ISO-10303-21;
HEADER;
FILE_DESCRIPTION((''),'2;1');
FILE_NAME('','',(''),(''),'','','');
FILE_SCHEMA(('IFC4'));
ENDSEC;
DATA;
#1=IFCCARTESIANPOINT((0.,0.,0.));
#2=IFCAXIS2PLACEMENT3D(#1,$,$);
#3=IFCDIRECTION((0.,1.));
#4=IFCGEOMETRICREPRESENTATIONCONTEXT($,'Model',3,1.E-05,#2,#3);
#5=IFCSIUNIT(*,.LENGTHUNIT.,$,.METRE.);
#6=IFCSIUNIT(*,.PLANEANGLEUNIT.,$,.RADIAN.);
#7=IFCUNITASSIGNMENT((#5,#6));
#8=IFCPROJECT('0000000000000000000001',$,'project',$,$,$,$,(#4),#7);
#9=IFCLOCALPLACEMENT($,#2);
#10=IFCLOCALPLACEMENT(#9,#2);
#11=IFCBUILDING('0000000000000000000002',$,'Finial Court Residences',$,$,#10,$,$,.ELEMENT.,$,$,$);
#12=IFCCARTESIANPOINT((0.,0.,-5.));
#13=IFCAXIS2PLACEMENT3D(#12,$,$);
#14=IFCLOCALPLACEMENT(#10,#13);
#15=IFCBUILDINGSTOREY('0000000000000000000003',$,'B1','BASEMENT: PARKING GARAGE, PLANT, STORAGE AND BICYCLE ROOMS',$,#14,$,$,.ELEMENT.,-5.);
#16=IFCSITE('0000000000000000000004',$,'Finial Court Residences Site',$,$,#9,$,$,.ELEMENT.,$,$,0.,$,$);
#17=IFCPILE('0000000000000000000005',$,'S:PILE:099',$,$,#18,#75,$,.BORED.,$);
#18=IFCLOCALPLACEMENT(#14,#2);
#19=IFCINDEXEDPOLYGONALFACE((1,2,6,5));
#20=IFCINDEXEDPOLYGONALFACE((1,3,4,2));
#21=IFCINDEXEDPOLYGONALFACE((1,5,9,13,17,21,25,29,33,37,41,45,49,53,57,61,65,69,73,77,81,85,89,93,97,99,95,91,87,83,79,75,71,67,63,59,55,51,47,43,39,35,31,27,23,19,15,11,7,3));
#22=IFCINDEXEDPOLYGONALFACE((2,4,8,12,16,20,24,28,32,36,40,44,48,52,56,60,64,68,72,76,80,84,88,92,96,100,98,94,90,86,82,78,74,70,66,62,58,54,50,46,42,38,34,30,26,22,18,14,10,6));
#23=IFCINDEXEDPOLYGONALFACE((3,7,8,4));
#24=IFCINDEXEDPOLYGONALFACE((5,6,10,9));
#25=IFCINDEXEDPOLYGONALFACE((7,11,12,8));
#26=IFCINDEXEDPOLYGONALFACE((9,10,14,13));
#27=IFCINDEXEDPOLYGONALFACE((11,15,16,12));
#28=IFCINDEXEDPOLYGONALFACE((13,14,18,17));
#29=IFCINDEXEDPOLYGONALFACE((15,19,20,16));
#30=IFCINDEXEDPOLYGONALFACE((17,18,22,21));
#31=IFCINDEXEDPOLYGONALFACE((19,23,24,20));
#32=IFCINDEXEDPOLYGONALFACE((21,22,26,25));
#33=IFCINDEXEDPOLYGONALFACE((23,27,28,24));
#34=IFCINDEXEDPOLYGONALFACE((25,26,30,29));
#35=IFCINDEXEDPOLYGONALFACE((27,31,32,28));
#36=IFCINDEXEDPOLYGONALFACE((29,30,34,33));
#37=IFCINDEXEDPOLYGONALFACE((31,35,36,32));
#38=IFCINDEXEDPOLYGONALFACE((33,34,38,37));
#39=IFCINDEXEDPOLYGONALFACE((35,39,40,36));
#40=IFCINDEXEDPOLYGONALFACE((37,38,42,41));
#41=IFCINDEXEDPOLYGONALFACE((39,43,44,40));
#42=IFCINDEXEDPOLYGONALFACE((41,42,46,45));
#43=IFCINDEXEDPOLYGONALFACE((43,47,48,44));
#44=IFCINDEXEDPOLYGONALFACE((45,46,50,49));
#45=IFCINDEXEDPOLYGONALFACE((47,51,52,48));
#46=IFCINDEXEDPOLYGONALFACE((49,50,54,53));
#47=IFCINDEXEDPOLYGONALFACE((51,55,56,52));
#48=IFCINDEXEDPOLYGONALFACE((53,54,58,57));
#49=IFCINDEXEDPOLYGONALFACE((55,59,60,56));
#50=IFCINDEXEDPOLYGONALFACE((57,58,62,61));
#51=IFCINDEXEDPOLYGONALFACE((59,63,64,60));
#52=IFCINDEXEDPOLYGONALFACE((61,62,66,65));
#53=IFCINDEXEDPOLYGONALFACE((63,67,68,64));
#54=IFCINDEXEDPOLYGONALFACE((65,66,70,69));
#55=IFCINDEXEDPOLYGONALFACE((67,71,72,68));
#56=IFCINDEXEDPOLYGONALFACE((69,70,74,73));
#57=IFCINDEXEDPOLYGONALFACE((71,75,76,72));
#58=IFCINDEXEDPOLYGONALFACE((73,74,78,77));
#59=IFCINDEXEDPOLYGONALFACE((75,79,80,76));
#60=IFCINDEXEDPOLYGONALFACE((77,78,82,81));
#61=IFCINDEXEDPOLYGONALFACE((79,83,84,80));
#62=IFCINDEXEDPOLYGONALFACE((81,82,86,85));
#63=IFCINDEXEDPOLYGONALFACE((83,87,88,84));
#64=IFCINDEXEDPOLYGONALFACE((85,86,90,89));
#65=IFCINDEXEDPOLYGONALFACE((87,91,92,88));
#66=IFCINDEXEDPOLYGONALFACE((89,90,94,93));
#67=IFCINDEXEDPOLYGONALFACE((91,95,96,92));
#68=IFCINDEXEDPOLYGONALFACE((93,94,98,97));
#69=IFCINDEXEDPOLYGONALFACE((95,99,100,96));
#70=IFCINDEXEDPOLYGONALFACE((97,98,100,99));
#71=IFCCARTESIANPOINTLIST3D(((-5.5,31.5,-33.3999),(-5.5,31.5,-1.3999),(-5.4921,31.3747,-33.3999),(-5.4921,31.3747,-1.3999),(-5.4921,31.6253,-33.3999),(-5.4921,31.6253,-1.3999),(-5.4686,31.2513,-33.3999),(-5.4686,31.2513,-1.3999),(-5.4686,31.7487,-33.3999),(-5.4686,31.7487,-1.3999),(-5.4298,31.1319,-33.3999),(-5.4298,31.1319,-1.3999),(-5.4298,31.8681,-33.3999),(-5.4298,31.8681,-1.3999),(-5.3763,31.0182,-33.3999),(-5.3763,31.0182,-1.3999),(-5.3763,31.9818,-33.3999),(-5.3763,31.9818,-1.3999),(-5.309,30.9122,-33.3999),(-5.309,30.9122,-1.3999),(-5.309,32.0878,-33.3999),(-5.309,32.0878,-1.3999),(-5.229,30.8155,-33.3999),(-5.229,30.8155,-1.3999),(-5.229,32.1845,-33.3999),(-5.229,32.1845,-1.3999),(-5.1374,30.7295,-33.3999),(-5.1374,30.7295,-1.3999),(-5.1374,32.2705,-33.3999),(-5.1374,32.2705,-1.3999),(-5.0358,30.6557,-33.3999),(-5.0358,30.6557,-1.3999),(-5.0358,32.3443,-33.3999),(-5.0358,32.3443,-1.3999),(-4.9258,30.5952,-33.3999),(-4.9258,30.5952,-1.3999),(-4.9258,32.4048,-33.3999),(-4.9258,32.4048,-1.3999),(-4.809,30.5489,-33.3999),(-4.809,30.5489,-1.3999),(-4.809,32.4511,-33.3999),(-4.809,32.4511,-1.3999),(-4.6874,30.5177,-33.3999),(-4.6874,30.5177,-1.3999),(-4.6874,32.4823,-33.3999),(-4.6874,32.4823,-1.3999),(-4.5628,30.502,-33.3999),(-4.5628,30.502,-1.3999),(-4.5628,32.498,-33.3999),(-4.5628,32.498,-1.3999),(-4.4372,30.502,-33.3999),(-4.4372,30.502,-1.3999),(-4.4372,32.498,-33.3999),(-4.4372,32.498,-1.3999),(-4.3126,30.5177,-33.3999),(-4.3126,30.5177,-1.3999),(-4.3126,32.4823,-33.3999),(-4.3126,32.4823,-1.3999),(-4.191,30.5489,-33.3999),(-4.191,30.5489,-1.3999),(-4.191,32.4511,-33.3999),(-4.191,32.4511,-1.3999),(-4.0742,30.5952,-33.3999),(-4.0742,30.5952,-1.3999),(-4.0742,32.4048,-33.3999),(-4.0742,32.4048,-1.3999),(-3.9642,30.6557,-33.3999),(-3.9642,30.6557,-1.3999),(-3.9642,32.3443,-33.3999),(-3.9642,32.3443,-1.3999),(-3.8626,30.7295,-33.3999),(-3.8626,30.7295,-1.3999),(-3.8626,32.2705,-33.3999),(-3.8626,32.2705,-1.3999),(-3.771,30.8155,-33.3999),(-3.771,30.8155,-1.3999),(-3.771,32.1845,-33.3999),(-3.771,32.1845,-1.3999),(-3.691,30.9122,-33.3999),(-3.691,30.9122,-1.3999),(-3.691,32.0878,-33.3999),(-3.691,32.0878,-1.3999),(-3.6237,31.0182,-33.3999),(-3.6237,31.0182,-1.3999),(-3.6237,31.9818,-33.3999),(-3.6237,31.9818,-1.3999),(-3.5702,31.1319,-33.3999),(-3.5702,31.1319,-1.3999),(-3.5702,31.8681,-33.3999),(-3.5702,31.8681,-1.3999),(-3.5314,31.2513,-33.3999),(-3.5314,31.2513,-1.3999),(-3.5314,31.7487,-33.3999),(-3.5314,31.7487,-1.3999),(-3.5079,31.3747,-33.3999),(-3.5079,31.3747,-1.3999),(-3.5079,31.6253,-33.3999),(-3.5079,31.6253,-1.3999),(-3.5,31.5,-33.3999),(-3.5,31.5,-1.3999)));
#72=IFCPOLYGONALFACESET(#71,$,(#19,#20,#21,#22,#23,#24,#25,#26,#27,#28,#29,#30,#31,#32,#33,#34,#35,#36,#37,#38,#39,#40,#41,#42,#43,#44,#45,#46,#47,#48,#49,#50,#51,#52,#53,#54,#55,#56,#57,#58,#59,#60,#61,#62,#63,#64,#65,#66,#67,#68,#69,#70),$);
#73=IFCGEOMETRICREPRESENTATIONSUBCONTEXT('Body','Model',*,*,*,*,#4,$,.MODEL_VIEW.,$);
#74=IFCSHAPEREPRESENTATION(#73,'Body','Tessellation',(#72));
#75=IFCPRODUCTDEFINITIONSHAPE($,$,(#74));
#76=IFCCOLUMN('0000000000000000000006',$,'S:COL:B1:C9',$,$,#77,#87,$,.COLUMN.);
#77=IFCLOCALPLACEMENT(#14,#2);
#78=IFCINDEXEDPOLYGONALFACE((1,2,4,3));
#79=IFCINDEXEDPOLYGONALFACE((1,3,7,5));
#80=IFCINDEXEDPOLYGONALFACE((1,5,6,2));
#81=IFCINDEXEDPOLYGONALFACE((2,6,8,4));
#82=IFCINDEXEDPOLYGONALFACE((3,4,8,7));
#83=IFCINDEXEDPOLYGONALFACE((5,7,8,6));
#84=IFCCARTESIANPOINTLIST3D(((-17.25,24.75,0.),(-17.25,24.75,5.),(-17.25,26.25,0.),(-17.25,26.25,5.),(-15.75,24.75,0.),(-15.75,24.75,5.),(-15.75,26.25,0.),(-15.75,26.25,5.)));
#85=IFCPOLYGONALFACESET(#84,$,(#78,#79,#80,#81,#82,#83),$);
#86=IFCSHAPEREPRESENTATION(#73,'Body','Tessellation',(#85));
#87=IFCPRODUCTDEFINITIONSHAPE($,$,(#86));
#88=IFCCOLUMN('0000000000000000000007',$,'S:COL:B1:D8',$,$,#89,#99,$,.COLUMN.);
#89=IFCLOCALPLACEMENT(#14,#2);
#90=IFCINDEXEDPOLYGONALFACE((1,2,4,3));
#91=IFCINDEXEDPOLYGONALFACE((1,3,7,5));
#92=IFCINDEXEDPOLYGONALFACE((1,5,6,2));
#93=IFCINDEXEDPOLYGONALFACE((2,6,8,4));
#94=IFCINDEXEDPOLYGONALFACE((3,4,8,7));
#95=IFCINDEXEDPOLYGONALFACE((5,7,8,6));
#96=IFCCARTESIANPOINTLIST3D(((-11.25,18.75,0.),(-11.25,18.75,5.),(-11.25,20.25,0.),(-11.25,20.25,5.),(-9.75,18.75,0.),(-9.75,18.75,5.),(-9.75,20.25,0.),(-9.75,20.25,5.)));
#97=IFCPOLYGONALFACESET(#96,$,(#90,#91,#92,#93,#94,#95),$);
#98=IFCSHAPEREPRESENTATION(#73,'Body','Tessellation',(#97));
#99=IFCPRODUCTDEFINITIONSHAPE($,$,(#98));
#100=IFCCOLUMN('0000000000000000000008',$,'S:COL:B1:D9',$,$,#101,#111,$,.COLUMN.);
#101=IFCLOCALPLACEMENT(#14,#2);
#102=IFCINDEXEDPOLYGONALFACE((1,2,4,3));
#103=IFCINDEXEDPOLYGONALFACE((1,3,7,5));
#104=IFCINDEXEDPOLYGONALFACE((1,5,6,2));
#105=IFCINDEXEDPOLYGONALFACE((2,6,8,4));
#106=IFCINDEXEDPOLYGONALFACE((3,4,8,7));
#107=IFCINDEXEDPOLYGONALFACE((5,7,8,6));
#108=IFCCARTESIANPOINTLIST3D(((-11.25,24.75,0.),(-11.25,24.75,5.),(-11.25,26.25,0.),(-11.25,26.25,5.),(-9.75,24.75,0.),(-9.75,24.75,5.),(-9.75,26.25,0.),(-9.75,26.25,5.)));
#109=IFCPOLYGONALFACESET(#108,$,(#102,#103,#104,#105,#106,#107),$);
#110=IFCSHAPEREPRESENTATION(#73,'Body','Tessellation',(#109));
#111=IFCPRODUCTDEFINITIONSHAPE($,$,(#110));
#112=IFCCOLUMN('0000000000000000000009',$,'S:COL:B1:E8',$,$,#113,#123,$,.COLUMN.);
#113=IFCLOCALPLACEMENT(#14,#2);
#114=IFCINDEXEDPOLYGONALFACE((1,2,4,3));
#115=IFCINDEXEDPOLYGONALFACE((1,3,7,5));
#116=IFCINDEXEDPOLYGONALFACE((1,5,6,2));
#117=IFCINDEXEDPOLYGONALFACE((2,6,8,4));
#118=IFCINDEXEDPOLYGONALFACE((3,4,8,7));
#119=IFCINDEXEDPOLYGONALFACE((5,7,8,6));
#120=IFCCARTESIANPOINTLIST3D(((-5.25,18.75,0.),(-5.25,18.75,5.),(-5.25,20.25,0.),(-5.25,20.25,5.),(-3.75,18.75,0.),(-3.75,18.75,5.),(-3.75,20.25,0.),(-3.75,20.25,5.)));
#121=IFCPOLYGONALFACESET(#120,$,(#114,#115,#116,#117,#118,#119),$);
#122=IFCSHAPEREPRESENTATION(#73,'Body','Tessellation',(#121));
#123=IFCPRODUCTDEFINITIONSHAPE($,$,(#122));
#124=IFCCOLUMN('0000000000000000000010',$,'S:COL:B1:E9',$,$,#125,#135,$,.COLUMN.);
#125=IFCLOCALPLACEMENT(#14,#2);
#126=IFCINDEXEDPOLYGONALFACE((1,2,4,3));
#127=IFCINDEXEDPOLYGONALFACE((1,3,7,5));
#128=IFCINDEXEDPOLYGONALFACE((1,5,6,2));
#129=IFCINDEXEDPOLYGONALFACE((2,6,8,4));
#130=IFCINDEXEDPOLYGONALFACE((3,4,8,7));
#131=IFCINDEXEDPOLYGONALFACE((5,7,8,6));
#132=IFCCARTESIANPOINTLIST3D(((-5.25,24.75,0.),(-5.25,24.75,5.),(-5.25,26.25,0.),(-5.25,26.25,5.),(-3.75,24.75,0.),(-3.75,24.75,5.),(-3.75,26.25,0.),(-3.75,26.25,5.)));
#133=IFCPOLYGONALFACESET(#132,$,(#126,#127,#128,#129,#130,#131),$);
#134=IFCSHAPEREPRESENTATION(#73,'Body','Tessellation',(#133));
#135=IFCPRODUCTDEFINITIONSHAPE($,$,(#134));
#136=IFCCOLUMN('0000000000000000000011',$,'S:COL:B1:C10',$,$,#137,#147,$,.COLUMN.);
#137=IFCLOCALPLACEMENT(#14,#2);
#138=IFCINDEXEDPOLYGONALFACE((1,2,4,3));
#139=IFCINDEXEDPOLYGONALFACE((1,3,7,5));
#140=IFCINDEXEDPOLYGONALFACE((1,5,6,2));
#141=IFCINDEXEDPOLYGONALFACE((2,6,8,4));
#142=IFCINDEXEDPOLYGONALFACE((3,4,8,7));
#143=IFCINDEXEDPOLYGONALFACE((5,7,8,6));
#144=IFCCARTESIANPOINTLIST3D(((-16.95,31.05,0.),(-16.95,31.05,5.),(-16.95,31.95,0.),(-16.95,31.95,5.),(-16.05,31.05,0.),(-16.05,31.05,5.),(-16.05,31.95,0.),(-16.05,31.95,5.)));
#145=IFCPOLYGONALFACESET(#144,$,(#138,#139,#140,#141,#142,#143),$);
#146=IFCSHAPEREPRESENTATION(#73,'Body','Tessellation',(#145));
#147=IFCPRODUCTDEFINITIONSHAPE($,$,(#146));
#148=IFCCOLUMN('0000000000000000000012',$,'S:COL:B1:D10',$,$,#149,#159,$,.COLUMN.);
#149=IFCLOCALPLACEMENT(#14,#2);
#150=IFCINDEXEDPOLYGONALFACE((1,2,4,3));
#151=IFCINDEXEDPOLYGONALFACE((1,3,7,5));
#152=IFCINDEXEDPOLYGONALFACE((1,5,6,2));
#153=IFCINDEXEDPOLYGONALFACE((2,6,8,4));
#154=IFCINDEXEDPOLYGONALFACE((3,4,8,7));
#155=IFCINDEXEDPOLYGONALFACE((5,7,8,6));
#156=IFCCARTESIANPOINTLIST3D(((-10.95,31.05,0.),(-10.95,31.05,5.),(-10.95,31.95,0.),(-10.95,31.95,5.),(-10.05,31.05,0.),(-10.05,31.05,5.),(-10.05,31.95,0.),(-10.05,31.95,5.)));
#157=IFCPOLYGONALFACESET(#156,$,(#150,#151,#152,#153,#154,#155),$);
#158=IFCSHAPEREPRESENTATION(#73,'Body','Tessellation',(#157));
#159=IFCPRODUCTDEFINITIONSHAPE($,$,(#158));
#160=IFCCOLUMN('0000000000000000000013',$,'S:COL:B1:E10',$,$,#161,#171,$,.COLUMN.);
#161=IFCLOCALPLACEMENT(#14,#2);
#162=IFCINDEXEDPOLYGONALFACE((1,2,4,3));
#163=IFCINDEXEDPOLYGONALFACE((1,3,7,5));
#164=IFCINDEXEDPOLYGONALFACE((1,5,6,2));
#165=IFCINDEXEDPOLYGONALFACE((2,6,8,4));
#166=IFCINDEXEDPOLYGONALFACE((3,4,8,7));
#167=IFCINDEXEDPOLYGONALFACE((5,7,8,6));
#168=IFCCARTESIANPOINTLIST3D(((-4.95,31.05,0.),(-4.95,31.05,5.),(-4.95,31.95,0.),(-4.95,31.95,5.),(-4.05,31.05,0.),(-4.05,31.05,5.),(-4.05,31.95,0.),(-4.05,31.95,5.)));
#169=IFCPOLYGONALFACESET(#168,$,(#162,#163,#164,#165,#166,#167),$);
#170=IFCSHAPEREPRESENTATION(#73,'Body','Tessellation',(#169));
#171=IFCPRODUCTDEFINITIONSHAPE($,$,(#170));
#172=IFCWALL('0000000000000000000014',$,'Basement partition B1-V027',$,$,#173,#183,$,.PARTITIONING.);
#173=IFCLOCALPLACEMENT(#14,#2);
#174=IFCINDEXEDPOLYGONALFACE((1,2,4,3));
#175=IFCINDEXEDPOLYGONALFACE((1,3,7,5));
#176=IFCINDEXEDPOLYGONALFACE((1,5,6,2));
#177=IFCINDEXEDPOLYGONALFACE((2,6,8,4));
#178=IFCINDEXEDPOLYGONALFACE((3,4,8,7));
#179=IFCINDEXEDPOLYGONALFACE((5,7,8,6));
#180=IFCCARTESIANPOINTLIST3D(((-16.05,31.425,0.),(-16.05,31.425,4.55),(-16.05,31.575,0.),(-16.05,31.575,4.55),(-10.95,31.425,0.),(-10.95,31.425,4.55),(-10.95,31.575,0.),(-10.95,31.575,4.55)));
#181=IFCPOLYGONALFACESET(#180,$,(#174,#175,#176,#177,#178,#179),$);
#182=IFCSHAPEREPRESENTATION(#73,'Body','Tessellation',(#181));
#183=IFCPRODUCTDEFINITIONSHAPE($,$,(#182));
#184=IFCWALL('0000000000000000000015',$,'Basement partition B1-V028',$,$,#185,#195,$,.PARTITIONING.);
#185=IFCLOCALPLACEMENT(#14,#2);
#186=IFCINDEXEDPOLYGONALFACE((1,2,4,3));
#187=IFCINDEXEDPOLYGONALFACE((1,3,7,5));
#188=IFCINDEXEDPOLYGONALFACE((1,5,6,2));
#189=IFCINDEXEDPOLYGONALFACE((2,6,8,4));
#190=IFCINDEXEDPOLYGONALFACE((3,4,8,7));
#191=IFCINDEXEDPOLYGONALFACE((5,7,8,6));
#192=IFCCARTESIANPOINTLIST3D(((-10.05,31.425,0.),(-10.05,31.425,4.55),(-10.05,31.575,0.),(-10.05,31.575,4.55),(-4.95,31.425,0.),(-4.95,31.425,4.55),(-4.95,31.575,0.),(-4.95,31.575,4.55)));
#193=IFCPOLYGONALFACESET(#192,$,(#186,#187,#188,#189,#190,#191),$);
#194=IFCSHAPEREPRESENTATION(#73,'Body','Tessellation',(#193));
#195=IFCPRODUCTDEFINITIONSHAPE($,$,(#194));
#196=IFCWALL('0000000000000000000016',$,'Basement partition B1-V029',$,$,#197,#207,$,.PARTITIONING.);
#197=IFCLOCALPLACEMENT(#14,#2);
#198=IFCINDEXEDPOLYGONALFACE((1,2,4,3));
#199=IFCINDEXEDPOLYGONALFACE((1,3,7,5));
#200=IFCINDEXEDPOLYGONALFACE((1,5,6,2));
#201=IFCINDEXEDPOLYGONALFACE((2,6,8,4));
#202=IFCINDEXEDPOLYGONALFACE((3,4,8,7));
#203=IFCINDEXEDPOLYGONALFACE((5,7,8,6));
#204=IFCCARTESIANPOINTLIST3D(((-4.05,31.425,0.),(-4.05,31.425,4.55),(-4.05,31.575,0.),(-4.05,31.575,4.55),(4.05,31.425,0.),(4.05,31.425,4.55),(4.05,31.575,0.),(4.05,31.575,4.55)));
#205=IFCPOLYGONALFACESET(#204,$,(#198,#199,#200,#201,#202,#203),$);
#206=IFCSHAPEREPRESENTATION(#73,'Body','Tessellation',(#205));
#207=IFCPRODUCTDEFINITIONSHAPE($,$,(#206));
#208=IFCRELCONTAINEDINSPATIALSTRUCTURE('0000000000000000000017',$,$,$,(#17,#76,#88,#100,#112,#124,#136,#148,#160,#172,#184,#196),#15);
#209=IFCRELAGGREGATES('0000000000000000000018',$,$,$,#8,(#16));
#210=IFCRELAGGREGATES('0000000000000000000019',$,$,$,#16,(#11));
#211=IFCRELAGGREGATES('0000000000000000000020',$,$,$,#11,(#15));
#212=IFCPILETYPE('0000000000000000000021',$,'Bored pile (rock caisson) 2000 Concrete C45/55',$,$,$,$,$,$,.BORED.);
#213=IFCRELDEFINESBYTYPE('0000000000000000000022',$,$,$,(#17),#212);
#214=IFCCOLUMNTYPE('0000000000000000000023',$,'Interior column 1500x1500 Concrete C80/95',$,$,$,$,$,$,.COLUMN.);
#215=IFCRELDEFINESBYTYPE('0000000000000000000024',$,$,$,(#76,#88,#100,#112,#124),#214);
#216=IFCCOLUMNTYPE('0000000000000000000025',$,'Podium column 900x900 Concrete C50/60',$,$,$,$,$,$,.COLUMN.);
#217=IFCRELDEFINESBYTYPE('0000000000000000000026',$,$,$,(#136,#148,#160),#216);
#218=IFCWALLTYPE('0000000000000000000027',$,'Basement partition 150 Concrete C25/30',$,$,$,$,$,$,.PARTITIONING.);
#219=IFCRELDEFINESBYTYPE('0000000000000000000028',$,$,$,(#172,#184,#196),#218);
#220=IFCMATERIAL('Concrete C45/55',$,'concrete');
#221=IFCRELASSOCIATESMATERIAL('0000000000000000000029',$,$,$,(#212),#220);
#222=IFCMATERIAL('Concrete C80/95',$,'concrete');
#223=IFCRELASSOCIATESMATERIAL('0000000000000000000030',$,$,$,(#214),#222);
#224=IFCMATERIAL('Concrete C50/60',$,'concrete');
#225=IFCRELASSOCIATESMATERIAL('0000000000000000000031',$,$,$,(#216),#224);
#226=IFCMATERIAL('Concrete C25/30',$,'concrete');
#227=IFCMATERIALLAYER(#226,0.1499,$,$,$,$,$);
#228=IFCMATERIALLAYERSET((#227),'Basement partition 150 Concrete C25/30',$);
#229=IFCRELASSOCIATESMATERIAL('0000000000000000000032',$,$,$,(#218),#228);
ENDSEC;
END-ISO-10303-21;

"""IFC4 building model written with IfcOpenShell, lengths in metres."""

from ifc_helpers import new_model, si_unit, direction, frame, frame_2d, origin, origin_2d, place, context, subcontext, project, spatial, rectangle, circle, extrude, material, layer, layer_set, material_profile, profile_set, type_object, element, save


model = new_model("IFC4")

# Units and contexts
model_context = context("Model", 3, precision=1e-05, world=origin(), true_north=direction((0.0, 1.0)))
body_context = subcontext(model_context, "Body", "Model", "MODEL_VIEW")
ifc_project = project(units=[si_unit("LENGTHUNIT", "METRE"), si_unit("PLANEANGLEUNIT", "RADIAN")], contexts=[model_context])

# Site, building, storey
site_placement = place(None, origin())
site = spatial("IfcSite", under=ifc_project, at=site_placement, Name="Finial Court Residences Site", CompositionType="ELEMENT", RefElevation=0.0)
building_placement = place(site_placement, origin())
building = spatial("IfcBuilding", under=site, at=building_placement, Name="Finial Court Residences", CompositionType="ELEMENT")
storey_placement = place(building_placement, frame((0.0, 0.0, -5.0)))
storey = spatial("IfcBuildingStorey", under=building, at=storey_placement, Name="B1", Description="BASEMENT: PARKING GARAGE, PLANT, STORAGE AND BICYCLE ROOMS", CompositionType="ELEMENT", Elevation=-5.0)

# Pile
ifc_material_1 = material(Name="Concrete C45/55", Category="concrete")
ifc_material_profile_1 = material_profile(ifc_material_1, circle(Radius=1.0, at=origin_2d()), Name="D2000")
ifc_profile_set_1 = profile_set([ifc_material_profile_1], Name="Concrete C45/55")
pile_type = type_object("IfcPileType", Name="Bored pile (rock caisson) 2000 Concrete C45/55", PredefinedType="BORED", material=ifc_profile_set_1)
for number, where, z_axis, x_axis, name in (
    (1, (-4.5, 31.5, -1.3999), (0.0, 0.0, -1.0), (1.0, 0.0, 0.0), "S:PILE:099"),
):
    element("IfcPile", number, at=place(storey_placement, frame(where, z_axis=z_axis, x_axis=x_axis)), inside=storey, type_object=pile_type, Name=name, PredefinedType="BORED", context=body_context, shape_type="SweptSolid", body=[
        extrude(circle(Radius=1.0, at=origin_2d()), origin(), (0.0, 0.0, 1.0), 32.0),
    ])

# Columns
ifc_material_2 = material(Name="Concrete C80/95", Category="concrete")
ifc_material_profile_2 = material_profile(ifc_material_2, rectangle(XDim=1.5, YDim=1.5, at=origin_2d()), Name="1500x1500")
ifc_profile_set_2 = profile_set([ifc_material_profile_2], Name="Concrete C80/95")
column_type_1 = type_object("IfcColumnType", Name="Interior column 1500x1500 Concrete C80/95", PredefinedType="COLUMN", material=ifc_profile_set_2)
for number, where, z_axis, x_axis, name in (
    (2, (-16.5, 25.5, 0.0), (0.0, 0.0, 1.0), (1.0, 0.0, 0.0), "S:COL:B1:C9"),
    (3, (-10.5, 19.5, 0.0), (0.0, 0.0, 1.0), (1.0, 0.0, 0.0), "S:COL:B1:D8"),
    (4, (-10.5, 25.5, 0.0), (0.0, 0.0, 1.0), (1.0, 0.0, 0.0), "S:COL:B1:D9"),
    (5, (-4.5, 19.5, 0.0), (0.0, 0.0, 1.0), (1.0, 0.0, 0.0), "S:COL:B1:E8"),
    (6, (-4.5, 25.5, 0.0), (0.0, 0.0, 1.0), (1.0, 0.0, 0.0), "S:COL:B1:E9"),
):
    element("IfcColumn", number, at=place(storey_placement, frame(where, z_axis=z_axis, x_axis=x_axis)), inside=storey, type_object=column_type_1, Name=name, PredefinedType="COLUMN", context=body_context, shape_type="SweptSolid", body=[
        extrude(rectangle(XDim=1.5, YDim=1.5, at=origin_2d()), origin(), (0.0, 0.0, 1.0), 5.0),
    ])
ifc_material_3 = material(Name="Concrete C50/60", Category="concrete")
ifc_material_profile_3 = material_profile(ifc_material_3, rectangle(XDim=0.8999, YDim=0.8999, at=origin_2d()), Name="900x900")
ifc_profile_set_3 = profile_set([ifc_material_profile_3], Name="Concrete C50/60")
column_type_2 = type_object("IfcColumnType", Name="Podium column 900x900 Concrete C50/60", PredefinedType="COLUMN", material=ifc_profile_set_3)
for number, where, z_axis, x_axis, name in (
    (7, (-16.5, 31.5, 0.0), (0.0, 0.0, 1.0), (1.0, 0.0, 0.0), "S:COL:B1:C10"),
    (8, (-10.5, 31.5, 0.0), (0.0, 0.0, 1.0), (1.0, 0.0, 0.0), "S:COL:B1:D10"),
    (9, (-4.5, 31.5, 0.0), (0.0, 0.0, 1.0), (1.0, 0.0, 0.0), "S:COL:B1:E10"),
):
    element("IfcColumn", number, at=place(storey_placement, frame(where, z_axis=z_axis, x_axis=x_axis)), inside=storey, type_object=column_type_2, Name=name, PredefinedType="COLUMN", context=body_context, shape_type="SweptSolid", body=[
        extrude(rectangle(XDim=0.8999, YDim=0.8999, at=origin_2d()), origin(), (0.0, 0.0, 1.0), 5.0),
    ])

# Walls
ifc_material_4 = material(Name="Concrete C25/30", Category="concrete")
ifc_layer = layer(ifc_material_4, 0.1499)
ifc_layer_set = layer_set([ifc_layer], Name="Basement partition 150 Concrete C25/30")
wall_type = type_object("IfcWallType", Name="Basement partition 150 Concrete C25/30", PredefinedType="PARTITIONING", material=ifc_layer_set)
for number, where, z_axis, x_axis, name in (
    (10, (-16.05, 31.5, 0.0), (0.0, 0.0, 1.0), (1.0, 0.0, 0.0), "Basement partition B1-V027"),
    (11, (-10.05, 31.5, 0.0), (0.0, 0.0, 1.0), (1.0, 0.0, 0.0), "Basement partition B1-V028"),
):
    element("IfcWall", number, at=place(storey_placement, frame(where, z_axis=z_axis, x_axis=x_axis)), inside=storey, type_object=wall_type, Name=name, PredefinedType="PARTITIONING", context=body_context, shape_type="SweptSolid", body=[
        extrude(rectangle(XDim=5.1001, YDim=0.1499, at=frame_2d((2.55, 0.0))), origin(), (0.0, 0.0, 1.0), 4.55),
    ])
wall_1_placement = place(storey_placement, frame((-4.05, 31.5, 0.0), z_axis=(0.0, 0.0, 1.0), x_axis=(1.0, 0.0, 0.0)))
element("IfcWall", 12, at=wall_1_placement, inside=storey, type_object=wall_type, Name="Basement partition B1-V029", PredefinedType="PARTITIONING", context=body_context, shape_type="SweptSolid", body=[
    extrude(rectangle(XDim=8.1001, YDim=0.1499, at=frame_2d((4.05, 0.0))), origin(), (0.0, 0.0, 1.0), 4.55),
])

save(model, "model.ifc")
